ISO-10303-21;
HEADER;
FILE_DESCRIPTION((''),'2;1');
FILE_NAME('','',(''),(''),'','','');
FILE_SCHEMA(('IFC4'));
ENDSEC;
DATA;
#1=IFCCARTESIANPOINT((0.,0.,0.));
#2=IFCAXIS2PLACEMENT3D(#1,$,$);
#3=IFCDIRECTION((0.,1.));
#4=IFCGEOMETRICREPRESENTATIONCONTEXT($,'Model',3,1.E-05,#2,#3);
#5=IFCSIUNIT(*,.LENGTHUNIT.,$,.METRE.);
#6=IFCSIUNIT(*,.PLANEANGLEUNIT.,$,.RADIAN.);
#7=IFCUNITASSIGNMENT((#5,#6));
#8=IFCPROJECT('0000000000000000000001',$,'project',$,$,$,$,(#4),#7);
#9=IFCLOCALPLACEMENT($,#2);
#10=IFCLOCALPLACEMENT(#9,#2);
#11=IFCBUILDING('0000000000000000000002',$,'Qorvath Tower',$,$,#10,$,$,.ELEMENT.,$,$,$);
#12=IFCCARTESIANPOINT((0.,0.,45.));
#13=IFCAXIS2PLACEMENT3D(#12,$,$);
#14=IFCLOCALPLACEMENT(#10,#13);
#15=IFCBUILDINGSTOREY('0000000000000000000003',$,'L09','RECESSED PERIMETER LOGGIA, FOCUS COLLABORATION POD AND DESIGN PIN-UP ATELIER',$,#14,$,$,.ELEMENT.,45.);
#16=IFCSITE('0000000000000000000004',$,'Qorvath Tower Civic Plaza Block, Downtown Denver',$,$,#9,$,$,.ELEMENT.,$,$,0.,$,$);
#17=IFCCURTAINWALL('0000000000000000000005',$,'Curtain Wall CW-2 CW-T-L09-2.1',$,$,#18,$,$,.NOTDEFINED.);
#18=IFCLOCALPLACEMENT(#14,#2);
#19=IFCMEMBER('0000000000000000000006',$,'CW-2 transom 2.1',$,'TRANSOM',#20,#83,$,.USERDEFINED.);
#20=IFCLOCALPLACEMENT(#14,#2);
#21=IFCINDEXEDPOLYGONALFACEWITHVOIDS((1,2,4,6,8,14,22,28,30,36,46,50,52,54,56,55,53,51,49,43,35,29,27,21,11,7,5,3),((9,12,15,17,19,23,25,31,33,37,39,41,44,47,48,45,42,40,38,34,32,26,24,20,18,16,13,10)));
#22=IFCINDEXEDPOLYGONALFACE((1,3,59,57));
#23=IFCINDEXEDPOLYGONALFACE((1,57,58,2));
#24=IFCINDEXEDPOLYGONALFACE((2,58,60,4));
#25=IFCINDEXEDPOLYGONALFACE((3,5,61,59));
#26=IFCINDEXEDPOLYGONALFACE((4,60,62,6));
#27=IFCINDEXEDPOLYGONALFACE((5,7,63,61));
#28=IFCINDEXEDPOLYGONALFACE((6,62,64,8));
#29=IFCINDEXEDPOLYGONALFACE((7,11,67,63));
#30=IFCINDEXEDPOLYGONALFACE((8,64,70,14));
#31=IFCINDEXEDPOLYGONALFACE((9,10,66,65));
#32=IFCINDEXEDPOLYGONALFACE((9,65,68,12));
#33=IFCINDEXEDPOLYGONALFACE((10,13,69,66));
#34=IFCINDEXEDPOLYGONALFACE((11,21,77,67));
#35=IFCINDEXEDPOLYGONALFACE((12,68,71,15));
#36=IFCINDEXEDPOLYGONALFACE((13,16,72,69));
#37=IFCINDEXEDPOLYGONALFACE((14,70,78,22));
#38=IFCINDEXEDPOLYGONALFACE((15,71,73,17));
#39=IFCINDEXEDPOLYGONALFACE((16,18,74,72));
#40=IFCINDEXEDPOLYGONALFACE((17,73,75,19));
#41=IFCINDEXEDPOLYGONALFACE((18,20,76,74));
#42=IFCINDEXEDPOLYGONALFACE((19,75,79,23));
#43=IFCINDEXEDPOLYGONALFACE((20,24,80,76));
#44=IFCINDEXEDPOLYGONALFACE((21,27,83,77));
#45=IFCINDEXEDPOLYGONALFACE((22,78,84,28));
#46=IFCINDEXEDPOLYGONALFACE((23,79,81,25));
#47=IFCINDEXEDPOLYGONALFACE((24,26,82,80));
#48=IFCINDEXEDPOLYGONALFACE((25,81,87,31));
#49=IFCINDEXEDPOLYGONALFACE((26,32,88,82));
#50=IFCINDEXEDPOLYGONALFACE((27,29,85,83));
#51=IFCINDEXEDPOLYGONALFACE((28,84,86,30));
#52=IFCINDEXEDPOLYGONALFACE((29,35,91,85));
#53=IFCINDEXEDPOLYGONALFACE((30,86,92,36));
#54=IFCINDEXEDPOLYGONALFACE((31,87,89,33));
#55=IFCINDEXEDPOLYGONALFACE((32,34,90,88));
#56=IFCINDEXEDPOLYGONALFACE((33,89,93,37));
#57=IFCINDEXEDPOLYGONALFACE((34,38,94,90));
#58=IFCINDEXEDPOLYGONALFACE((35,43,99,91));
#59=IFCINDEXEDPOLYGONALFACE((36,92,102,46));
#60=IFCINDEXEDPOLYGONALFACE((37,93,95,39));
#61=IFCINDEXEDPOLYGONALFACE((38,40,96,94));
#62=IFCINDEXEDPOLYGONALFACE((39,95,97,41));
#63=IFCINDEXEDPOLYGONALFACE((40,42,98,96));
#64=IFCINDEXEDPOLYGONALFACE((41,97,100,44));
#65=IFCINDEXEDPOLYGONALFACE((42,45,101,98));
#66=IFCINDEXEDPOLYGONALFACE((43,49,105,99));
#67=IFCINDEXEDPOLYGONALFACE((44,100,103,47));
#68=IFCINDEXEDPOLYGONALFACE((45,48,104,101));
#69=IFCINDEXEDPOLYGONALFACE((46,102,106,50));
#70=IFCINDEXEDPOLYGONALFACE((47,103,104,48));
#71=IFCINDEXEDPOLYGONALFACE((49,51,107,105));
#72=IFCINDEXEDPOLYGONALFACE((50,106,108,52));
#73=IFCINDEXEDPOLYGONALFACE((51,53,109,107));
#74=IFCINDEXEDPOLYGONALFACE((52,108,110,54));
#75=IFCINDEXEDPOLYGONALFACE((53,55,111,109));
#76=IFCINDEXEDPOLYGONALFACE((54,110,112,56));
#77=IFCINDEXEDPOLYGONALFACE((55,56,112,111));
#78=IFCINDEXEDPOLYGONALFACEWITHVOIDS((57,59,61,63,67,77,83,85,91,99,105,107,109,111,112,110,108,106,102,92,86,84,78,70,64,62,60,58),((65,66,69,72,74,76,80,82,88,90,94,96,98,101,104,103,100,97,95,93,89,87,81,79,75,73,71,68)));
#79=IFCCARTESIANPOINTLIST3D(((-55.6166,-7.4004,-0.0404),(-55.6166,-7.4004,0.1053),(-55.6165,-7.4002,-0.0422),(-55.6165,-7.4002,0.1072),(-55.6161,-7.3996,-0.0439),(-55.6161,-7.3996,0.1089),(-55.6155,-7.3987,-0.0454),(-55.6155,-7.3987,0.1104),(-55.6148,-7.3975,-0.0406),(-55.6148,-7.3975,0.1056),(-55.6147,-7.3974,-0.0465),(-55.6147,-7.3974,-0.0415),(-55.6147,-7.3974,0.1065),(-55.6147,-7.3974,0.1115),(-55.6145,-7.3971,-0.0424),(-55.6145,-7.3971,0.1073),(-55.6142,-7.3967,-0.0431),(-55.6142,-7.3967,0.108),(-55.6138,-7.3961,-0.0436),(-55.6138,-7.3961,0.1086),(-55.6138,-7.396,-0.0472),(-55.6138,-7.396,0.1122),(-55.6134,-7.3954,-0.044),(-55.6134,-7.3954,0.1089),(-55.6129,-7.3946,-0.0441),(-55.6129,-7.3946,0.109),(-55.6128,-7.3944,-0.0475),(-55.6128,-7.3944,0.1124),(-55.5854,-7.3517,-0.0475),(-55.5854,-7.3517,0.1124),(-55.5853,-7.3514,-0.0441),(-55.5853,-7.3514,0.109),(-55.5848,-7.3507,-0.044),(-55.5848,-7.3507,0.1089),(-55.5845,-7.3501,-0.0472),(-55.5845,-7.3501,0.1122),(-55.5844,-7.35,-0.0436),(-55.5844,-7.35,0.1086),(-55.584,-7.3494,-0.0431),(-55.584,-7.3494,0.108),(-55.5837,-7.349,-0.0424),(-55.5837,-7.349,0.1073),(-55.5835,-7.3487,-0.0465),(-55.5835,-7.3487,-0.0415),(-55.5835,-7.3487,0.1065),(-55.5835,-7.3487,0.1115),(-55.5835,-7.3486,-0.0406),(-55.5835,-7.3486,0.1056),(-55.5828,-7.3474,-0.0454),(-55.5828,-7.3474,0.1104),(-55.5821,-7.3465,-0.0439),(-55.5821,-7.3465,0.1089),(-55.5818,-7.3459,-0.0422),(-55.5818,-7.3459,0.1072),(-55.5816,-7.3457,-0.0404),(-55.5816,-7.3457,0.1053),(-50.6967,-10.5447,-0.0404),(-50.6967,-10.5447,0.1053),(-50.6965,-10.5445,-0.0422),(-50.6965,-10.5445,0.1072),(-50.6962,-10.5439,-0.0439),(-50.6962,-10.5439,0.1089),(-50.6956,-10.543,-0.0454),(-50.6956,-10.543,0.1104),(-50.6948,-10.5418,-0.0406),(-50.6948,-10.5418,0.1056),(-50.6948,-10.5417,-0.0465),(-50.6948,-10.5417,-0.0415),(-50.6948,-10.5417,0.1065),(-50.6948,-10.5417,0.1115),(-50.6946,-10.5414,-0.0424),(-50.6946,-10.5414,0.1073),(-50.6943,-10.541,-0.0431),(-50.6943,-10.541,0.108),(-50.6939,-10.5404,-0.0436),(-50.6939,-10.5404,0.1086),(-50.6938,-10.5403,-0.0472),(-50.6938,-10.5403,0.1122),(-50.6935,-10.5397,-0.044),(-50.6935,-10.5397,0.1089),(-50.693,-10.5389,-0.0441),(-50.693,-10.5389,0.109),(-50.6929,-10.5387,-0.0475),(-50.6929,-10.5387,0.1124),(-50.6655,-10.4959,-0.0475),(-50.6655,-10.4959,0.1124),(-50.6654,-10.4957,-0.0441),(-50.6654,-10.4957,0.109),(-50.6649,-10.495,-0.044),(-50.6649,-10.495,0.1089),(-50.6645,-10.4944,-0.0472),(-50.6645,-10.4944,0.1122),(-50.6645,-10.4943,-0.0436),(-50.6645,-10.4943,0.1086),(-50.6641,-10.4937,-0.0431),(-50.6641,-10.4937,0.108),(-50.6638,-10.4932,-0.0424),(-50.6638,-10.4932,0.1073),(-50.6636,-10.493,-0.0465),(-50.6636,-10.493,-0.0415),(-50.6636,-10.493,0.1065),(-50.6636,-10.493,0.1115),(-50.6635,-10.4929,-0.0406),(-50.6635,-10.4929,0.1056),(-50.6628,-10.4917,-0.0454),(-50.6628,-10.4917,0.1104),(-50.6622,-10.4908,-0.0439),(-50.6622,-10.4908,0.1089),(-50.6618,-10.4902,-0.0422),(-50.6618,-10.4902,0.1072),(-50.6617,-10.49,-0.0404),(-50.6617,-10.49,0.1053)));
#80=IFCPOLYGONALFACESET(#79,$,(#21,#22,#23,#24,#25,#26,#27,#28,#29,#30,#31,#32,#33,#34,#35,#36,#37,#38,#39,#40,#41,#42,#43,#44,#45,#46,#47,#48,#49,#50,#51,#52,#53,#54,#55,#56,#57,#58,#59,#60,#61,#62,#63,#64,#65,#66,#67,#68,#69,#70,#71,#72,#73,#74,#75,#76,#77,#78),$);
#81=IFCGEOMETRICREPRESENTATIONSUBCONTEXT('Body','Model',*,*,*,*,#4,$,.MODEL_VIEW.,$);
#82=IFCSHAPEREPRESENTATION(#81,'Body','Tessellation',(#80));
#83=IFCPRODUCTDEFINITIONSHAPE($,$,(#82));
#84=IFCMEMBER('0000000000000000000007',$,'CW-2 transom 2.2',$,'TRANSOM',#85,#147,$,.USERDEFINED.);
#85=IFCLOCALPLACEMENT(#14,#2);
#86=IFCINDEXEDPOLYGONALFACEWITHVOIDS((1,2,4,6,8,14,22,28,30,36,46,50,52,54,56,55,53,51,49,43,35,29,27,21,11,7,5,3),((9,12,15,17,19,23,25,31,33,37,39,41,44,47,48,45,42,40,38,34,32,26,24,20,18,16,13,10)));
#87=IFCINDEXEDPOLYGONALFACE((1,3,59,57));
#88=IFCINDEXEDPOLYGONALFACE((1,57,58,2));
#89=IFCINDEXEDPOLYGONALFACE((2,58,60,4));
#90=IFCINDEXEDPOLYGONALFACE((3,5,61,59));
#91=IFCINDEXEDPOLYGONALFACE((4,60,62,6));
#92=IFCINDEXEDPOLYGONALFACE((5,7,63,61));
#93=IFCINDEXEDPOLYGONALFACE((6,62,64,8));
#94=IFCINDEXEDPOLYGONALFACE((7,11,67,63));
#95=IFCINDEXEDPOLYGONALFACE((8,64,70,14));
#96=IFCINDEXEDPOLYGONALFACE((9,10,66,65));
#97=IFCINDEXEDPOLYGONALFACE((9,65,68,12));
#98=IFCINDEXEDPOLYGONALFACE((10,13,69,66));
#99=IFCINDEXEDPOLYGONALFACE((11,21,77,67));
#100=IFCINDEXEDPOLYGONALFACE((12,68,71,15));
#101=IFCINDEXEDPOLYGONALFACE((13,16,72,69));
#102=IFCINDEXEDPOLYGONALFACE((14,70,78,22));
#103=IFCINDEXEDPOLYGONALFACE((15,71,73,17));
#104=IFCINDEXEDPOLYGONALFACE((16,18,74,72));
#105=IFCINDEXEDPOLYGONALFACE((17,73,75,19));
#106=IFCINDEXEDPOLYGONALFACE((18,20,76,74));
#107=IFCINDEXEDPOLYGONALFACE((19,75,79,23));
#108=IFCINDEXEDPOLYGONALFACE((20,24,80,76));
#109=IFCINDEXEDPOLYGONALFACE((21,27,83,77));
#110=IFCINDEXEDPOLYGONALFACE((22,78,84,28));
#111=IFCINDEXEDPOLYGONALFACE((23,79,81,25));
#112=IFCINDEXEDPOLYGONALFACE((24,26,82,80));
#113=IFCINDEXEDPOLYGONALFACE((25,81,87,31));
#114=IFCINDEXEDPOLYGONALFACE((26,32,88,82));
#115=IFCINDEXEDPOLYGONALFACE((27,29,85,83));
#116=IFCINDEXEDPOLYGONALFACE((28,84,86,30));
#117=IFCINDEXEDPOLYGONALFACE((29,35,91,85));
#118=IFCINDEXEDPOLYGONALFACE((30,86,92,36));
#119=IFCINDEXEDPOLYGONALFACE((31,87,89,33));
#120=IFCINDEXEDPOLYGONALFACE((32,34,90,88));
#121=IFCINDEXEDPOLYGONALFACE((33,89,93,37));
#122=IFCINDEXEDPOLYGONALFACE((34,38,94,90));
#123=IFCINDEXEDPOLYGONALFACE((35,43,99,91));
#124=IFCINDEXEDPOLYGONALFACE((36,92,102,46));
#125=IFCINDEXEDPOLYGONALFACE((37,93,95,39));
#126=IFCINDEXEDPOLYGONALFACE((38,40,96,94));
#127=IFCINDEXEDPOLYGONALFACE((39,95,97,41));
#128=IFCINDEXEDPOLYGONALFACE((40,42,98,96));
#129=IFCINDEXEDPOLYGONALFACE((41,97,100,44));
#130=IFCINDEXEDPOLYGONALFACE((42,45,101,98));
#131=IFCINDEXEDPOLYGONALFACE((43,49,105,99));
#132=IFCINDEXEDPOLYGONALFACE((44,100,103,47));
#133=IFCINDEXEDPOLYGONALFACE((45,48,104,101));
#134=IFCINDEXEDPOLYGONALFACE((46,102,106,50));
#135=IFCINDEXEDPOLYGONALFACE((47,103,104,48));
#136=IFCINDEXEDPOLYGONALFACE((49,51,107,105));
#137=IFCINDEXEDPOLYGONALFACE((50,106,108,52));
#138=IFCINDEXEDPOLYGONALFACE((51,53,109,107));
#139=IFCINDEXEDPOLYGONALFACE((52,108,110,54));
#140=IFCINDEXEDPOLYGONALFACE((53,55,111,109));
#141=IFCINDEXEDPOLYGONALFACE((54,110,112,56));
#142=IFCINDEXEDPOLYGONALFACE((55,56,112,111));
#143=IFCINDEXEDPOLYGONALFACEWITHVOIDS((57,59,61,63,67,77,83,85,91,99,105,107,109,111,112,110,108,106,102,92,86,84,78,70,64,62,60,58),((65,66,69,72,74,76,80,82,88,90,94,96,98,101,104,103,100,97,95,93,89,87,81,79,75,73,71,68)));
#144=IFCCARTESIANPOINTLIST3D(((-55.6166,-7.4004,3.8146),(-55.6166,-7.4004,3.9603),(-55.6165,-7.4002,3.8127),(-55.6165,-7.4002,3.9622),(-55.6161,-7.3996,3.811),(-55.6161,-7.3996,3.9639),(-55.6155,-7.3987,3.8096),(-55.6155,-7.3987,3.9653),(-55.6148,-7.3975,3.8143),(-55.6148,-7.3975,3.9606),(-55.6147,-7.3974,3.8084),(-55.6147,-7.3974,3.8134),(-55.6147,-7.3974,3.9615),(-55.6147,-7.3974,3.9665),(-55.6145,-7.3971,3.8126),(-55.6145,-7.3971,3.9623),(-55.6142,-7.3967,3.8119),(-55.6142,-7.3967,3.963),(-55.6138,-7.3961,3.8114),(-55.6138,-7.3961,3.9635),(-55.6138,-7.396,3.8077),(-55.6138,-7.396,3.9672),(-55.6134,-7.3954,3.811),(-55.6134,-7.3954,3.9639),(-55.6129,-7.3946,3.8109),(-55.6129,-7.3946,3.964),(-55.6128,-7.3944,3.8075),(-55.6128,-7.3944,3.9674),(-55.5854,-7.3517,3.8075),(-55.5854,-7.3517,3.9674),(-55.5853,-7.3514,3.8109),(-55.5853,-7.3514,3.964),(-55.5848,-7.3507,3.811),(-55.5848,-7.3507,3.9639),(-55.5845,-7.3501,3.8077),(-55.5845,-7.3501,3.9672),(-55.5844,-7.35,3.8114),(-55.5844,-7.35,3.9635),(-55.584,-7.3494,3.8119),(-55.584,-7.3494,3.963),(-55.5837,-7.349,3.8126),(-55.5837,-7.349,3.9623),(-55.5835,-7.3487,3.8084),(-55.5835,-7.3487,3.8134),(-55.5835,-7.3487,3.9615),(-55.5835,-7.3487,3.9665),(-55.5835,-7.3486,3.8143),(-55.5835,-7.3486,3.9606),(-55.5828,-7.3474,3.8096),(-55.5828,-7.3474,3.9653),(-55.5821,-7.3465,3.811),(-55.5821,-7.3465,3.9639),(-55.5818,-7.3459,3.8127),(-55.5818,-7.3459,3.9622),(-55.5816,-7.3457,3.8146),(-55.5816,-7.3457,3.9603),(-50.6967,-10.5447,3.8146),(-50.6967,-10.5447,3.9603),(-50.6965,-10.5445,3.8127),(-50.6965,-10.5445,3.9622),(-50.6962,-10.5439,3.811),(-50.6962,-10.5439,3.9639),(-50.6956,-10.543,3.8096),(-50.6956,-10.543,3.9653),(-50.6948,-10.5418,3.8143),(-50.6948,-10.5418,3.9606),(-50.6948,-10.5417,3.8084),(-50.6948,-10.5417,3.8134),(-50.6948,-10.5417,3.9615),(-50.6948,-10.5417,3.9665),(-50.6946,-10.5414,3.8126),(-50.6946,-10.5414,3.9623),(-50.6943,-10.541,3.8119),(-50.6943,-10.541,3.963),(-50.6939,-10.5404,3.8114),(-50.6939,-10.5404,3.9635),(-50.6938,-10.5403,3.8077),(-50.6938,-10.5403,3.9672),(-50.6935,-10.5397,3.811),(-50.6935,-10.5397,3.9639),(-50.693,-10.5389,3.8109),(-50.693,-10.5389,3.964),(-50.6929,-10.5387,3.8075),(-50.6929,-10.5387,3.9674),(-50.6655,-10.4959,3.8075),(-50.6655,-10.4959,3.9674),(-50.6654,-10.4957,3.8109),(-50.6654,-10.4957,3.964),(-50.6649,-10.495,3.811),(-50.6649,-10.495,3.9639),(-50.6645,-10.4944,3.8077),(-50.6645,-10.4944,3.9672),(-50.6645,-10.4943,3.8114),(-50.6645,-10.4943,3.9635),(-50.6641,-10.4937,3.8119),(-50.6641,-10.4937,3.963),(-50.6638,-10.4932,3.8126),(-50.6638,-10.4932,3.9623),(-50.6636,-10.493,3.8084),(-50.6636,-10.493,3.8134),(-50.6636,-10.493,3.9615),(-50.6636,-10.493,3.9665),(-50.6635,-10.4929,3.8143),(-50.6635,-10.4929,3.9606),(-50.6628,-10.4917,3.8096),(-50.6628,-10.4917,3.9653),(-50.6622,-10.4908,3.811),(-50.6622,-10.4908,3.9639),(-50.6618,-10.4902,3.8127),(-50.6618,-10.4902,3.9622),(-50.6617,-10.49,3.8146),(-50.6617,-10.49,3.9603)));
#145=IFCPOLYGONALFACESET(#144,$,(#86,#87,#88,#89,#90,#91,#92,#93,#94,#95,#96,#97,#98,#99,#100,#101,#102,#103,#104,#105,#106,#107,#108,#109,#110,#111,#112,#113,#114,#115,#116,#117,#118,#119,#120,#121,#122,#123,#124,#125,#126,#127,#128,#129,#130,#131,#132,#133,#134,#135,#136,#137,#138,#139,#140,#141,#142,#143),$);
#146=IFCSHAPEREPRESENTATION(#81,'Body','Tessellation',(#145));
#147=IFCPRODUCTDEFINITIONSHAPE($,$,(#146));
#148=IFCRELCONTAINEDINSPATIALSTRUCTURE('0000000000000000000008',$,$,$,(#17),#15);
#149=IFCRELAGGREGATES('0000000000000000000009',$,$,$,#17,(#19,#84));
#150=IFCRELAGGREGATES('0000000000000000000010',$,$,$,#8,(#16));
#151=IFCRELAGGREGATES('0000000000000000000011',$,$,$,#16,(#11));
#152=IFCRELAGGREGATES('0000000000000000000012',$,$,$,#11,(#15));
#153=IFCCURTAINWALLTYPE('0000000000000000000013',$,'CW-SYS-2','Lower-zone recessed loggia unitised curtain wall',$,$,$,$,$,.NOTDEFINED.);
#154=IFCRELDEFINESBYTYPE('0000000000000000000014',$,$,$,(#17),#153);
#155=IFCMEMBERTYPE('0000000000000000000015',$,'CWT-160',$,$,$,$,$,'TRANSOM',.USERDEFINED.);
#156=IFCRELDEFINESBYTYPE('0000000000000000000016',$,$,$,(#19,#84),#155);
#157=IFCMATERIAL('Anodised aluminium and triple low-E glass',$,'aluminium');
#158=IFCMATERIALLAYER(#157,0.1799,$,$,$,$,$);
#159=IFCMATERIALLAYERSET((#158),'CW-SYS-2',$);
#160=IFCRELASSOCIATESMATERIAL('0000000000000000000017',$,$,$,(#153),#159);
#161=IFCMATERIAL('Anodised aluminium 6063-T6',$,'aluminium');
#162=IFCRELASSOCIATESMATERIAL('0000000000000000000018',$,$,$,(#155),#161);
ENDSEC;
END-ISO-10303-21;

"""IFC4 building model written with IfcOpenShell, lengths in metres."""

from ifc_helpers import new_model, si_unit, direction, frame, origin, origin_2d, place, context, subcontext, project, spatial, hollow_rectangle, extrude, material, layer, layer_set, material_profile, profile_set, type_object, element, aggregate, save


model = new_model("IFC4")

# Units and contexts
model_context = context("Model", 3, precision=1e-05, world=origin(), true_north=direction((0.0, 1.0)))
body_context = subcontext(model_context, "Body", "Model", "MODEL_VIEW")
ifc_project = project(units=[si_unit("LENGTHUNIT", "METRE"), si_unit("PLANEANGLEUNIT", "RADIAN")], contexts=[model_context])

# Site, building, storey
site_placement = place(None, origin())
site = spatial("IfcSite", under=ifc_project, at=site_placement, Name="Qorvath Tower Civic Plaza Block, Downtown Denver", CompositionType="ELEMENT", RefElevation=0.0)
building_placement = place(site_placement, origin())
building = spatial("IfcBuilding", under=site, at=building_placement, Name="Qorvath Tower", CompositionType="ELEMENT")
storey_placement = place(building_placement, frame((0.0, 0.0, 45.0)))
storey = spatial("IfcBuildingStorey", under=building, at=storey_placement, Name="L09", Description="RECESSED PERIMETER LOGGIA, FOCUS COLLABORATION POD AND DESIGN PIN-UP ATELIER", CompositionType="ELEMENT", Elevation=45.0)

# Curtain wall, members
ifc_material_1 = material(Name="Anodised aluminium and triple low-E glass", Category="aluminium")
ifc_layer_1 = layer(ifc_material_1, 0.1799)
ifc_layer_set_1 = layer_set([ifc_layer_1], Name="CW-SYS-2")
curtain_wall_type = type_object("IfcCurtainWallType", Name="CW-SYS-2", Description="Lower-zone recessed loggia unitised curtain wall", PredefinedType="NOTDEFINED", material=ifc_layer_set_1)
curtain_wall_placement = place(storey_placement, origin())
curtain_wall = element("IfcCurtainWall", 1, at=curtain_wall_placement, inside=storey, type_object=curtain_wall_type, Name="Curtain Wall CW-2 CW-T-L09-2.1", PredefinedType="NOTDEFINED")
ifc_material_2 = material(Name="Anodised aluminium 6063-T6", Category="aluminium")
ifc_material_profile_1 = material_profile(ifc_material_2, hollow_rectangle(XDim=0.0649, YDim=0.1599, WallThickness=0.0034, InnerFilletRadius=0.0034, OuterFilletRadius=0.0071, at=origin_2d()), Name="CWT 160x65")
ifc_profile_set_1 = profile_set([ifc_material_profile_1], Name="Anodised aluminium 6063-T6")
member_type_1 = type_object("IfcMemberType", Name="CWT-160", ElementType="TRANSOM", PredefinedType="USERDEFINED", material=ifc_profile_set_1)
member_1_placement = place(storey_placement, frame((-55.5991, -7.373, 0.0325), z_axis=(0.842618, -0.538511, 0.0), x_axis=(0.538511, 0.842618, 0.0)))
member_1 = element("IfcMember", 2, at=member_1_placement, type_object=member_type_1, Name="CW-2 transom 2.1", ObjectType="TRANSOM", PredefinedType="USERDEFINED", context=body_context, shape_type="SweptSolid", body=[
    extrude(hollow_rectangle(XDim=0.0649, YDim=0.1599, WallThickness=0.0034, InnerFilletRadius=0.0034, OuterFilletRadius=0.0071, at=origin_2d()), origin(), (0.0, 0.0, 1.0), 5.8389),
])
member_2_placement = place(storey_placement, frame((-55.5991, -7.373, 3.8875), z_axis=(0.842618, -0.538511, 0.0), x_axis=(0.538511, 0.842618, 0.0)))
member_2 = element("IfcMember", 3, at=member_2_placement, type_object=member_type_1, Name="CW-2 transom 2.2", ObjectType="TRANSOM", PredefinedType="USERDEFINED", context=body_context, shape_type="SweptSolid", body=[
    extrude(hollow_rectangle(XDim=0.0649, YDim=0.1599, WallThickness=0.0034, InnerFilletRadius=0.0034, OuterFilletRadius=0.0071, at=origin_2d()), origin(), (0.0, 0.0, 1.0), 5.8389),
])
aggregate(curtain_wall, [member_1, member_2])

save(model, "model.ifc")
